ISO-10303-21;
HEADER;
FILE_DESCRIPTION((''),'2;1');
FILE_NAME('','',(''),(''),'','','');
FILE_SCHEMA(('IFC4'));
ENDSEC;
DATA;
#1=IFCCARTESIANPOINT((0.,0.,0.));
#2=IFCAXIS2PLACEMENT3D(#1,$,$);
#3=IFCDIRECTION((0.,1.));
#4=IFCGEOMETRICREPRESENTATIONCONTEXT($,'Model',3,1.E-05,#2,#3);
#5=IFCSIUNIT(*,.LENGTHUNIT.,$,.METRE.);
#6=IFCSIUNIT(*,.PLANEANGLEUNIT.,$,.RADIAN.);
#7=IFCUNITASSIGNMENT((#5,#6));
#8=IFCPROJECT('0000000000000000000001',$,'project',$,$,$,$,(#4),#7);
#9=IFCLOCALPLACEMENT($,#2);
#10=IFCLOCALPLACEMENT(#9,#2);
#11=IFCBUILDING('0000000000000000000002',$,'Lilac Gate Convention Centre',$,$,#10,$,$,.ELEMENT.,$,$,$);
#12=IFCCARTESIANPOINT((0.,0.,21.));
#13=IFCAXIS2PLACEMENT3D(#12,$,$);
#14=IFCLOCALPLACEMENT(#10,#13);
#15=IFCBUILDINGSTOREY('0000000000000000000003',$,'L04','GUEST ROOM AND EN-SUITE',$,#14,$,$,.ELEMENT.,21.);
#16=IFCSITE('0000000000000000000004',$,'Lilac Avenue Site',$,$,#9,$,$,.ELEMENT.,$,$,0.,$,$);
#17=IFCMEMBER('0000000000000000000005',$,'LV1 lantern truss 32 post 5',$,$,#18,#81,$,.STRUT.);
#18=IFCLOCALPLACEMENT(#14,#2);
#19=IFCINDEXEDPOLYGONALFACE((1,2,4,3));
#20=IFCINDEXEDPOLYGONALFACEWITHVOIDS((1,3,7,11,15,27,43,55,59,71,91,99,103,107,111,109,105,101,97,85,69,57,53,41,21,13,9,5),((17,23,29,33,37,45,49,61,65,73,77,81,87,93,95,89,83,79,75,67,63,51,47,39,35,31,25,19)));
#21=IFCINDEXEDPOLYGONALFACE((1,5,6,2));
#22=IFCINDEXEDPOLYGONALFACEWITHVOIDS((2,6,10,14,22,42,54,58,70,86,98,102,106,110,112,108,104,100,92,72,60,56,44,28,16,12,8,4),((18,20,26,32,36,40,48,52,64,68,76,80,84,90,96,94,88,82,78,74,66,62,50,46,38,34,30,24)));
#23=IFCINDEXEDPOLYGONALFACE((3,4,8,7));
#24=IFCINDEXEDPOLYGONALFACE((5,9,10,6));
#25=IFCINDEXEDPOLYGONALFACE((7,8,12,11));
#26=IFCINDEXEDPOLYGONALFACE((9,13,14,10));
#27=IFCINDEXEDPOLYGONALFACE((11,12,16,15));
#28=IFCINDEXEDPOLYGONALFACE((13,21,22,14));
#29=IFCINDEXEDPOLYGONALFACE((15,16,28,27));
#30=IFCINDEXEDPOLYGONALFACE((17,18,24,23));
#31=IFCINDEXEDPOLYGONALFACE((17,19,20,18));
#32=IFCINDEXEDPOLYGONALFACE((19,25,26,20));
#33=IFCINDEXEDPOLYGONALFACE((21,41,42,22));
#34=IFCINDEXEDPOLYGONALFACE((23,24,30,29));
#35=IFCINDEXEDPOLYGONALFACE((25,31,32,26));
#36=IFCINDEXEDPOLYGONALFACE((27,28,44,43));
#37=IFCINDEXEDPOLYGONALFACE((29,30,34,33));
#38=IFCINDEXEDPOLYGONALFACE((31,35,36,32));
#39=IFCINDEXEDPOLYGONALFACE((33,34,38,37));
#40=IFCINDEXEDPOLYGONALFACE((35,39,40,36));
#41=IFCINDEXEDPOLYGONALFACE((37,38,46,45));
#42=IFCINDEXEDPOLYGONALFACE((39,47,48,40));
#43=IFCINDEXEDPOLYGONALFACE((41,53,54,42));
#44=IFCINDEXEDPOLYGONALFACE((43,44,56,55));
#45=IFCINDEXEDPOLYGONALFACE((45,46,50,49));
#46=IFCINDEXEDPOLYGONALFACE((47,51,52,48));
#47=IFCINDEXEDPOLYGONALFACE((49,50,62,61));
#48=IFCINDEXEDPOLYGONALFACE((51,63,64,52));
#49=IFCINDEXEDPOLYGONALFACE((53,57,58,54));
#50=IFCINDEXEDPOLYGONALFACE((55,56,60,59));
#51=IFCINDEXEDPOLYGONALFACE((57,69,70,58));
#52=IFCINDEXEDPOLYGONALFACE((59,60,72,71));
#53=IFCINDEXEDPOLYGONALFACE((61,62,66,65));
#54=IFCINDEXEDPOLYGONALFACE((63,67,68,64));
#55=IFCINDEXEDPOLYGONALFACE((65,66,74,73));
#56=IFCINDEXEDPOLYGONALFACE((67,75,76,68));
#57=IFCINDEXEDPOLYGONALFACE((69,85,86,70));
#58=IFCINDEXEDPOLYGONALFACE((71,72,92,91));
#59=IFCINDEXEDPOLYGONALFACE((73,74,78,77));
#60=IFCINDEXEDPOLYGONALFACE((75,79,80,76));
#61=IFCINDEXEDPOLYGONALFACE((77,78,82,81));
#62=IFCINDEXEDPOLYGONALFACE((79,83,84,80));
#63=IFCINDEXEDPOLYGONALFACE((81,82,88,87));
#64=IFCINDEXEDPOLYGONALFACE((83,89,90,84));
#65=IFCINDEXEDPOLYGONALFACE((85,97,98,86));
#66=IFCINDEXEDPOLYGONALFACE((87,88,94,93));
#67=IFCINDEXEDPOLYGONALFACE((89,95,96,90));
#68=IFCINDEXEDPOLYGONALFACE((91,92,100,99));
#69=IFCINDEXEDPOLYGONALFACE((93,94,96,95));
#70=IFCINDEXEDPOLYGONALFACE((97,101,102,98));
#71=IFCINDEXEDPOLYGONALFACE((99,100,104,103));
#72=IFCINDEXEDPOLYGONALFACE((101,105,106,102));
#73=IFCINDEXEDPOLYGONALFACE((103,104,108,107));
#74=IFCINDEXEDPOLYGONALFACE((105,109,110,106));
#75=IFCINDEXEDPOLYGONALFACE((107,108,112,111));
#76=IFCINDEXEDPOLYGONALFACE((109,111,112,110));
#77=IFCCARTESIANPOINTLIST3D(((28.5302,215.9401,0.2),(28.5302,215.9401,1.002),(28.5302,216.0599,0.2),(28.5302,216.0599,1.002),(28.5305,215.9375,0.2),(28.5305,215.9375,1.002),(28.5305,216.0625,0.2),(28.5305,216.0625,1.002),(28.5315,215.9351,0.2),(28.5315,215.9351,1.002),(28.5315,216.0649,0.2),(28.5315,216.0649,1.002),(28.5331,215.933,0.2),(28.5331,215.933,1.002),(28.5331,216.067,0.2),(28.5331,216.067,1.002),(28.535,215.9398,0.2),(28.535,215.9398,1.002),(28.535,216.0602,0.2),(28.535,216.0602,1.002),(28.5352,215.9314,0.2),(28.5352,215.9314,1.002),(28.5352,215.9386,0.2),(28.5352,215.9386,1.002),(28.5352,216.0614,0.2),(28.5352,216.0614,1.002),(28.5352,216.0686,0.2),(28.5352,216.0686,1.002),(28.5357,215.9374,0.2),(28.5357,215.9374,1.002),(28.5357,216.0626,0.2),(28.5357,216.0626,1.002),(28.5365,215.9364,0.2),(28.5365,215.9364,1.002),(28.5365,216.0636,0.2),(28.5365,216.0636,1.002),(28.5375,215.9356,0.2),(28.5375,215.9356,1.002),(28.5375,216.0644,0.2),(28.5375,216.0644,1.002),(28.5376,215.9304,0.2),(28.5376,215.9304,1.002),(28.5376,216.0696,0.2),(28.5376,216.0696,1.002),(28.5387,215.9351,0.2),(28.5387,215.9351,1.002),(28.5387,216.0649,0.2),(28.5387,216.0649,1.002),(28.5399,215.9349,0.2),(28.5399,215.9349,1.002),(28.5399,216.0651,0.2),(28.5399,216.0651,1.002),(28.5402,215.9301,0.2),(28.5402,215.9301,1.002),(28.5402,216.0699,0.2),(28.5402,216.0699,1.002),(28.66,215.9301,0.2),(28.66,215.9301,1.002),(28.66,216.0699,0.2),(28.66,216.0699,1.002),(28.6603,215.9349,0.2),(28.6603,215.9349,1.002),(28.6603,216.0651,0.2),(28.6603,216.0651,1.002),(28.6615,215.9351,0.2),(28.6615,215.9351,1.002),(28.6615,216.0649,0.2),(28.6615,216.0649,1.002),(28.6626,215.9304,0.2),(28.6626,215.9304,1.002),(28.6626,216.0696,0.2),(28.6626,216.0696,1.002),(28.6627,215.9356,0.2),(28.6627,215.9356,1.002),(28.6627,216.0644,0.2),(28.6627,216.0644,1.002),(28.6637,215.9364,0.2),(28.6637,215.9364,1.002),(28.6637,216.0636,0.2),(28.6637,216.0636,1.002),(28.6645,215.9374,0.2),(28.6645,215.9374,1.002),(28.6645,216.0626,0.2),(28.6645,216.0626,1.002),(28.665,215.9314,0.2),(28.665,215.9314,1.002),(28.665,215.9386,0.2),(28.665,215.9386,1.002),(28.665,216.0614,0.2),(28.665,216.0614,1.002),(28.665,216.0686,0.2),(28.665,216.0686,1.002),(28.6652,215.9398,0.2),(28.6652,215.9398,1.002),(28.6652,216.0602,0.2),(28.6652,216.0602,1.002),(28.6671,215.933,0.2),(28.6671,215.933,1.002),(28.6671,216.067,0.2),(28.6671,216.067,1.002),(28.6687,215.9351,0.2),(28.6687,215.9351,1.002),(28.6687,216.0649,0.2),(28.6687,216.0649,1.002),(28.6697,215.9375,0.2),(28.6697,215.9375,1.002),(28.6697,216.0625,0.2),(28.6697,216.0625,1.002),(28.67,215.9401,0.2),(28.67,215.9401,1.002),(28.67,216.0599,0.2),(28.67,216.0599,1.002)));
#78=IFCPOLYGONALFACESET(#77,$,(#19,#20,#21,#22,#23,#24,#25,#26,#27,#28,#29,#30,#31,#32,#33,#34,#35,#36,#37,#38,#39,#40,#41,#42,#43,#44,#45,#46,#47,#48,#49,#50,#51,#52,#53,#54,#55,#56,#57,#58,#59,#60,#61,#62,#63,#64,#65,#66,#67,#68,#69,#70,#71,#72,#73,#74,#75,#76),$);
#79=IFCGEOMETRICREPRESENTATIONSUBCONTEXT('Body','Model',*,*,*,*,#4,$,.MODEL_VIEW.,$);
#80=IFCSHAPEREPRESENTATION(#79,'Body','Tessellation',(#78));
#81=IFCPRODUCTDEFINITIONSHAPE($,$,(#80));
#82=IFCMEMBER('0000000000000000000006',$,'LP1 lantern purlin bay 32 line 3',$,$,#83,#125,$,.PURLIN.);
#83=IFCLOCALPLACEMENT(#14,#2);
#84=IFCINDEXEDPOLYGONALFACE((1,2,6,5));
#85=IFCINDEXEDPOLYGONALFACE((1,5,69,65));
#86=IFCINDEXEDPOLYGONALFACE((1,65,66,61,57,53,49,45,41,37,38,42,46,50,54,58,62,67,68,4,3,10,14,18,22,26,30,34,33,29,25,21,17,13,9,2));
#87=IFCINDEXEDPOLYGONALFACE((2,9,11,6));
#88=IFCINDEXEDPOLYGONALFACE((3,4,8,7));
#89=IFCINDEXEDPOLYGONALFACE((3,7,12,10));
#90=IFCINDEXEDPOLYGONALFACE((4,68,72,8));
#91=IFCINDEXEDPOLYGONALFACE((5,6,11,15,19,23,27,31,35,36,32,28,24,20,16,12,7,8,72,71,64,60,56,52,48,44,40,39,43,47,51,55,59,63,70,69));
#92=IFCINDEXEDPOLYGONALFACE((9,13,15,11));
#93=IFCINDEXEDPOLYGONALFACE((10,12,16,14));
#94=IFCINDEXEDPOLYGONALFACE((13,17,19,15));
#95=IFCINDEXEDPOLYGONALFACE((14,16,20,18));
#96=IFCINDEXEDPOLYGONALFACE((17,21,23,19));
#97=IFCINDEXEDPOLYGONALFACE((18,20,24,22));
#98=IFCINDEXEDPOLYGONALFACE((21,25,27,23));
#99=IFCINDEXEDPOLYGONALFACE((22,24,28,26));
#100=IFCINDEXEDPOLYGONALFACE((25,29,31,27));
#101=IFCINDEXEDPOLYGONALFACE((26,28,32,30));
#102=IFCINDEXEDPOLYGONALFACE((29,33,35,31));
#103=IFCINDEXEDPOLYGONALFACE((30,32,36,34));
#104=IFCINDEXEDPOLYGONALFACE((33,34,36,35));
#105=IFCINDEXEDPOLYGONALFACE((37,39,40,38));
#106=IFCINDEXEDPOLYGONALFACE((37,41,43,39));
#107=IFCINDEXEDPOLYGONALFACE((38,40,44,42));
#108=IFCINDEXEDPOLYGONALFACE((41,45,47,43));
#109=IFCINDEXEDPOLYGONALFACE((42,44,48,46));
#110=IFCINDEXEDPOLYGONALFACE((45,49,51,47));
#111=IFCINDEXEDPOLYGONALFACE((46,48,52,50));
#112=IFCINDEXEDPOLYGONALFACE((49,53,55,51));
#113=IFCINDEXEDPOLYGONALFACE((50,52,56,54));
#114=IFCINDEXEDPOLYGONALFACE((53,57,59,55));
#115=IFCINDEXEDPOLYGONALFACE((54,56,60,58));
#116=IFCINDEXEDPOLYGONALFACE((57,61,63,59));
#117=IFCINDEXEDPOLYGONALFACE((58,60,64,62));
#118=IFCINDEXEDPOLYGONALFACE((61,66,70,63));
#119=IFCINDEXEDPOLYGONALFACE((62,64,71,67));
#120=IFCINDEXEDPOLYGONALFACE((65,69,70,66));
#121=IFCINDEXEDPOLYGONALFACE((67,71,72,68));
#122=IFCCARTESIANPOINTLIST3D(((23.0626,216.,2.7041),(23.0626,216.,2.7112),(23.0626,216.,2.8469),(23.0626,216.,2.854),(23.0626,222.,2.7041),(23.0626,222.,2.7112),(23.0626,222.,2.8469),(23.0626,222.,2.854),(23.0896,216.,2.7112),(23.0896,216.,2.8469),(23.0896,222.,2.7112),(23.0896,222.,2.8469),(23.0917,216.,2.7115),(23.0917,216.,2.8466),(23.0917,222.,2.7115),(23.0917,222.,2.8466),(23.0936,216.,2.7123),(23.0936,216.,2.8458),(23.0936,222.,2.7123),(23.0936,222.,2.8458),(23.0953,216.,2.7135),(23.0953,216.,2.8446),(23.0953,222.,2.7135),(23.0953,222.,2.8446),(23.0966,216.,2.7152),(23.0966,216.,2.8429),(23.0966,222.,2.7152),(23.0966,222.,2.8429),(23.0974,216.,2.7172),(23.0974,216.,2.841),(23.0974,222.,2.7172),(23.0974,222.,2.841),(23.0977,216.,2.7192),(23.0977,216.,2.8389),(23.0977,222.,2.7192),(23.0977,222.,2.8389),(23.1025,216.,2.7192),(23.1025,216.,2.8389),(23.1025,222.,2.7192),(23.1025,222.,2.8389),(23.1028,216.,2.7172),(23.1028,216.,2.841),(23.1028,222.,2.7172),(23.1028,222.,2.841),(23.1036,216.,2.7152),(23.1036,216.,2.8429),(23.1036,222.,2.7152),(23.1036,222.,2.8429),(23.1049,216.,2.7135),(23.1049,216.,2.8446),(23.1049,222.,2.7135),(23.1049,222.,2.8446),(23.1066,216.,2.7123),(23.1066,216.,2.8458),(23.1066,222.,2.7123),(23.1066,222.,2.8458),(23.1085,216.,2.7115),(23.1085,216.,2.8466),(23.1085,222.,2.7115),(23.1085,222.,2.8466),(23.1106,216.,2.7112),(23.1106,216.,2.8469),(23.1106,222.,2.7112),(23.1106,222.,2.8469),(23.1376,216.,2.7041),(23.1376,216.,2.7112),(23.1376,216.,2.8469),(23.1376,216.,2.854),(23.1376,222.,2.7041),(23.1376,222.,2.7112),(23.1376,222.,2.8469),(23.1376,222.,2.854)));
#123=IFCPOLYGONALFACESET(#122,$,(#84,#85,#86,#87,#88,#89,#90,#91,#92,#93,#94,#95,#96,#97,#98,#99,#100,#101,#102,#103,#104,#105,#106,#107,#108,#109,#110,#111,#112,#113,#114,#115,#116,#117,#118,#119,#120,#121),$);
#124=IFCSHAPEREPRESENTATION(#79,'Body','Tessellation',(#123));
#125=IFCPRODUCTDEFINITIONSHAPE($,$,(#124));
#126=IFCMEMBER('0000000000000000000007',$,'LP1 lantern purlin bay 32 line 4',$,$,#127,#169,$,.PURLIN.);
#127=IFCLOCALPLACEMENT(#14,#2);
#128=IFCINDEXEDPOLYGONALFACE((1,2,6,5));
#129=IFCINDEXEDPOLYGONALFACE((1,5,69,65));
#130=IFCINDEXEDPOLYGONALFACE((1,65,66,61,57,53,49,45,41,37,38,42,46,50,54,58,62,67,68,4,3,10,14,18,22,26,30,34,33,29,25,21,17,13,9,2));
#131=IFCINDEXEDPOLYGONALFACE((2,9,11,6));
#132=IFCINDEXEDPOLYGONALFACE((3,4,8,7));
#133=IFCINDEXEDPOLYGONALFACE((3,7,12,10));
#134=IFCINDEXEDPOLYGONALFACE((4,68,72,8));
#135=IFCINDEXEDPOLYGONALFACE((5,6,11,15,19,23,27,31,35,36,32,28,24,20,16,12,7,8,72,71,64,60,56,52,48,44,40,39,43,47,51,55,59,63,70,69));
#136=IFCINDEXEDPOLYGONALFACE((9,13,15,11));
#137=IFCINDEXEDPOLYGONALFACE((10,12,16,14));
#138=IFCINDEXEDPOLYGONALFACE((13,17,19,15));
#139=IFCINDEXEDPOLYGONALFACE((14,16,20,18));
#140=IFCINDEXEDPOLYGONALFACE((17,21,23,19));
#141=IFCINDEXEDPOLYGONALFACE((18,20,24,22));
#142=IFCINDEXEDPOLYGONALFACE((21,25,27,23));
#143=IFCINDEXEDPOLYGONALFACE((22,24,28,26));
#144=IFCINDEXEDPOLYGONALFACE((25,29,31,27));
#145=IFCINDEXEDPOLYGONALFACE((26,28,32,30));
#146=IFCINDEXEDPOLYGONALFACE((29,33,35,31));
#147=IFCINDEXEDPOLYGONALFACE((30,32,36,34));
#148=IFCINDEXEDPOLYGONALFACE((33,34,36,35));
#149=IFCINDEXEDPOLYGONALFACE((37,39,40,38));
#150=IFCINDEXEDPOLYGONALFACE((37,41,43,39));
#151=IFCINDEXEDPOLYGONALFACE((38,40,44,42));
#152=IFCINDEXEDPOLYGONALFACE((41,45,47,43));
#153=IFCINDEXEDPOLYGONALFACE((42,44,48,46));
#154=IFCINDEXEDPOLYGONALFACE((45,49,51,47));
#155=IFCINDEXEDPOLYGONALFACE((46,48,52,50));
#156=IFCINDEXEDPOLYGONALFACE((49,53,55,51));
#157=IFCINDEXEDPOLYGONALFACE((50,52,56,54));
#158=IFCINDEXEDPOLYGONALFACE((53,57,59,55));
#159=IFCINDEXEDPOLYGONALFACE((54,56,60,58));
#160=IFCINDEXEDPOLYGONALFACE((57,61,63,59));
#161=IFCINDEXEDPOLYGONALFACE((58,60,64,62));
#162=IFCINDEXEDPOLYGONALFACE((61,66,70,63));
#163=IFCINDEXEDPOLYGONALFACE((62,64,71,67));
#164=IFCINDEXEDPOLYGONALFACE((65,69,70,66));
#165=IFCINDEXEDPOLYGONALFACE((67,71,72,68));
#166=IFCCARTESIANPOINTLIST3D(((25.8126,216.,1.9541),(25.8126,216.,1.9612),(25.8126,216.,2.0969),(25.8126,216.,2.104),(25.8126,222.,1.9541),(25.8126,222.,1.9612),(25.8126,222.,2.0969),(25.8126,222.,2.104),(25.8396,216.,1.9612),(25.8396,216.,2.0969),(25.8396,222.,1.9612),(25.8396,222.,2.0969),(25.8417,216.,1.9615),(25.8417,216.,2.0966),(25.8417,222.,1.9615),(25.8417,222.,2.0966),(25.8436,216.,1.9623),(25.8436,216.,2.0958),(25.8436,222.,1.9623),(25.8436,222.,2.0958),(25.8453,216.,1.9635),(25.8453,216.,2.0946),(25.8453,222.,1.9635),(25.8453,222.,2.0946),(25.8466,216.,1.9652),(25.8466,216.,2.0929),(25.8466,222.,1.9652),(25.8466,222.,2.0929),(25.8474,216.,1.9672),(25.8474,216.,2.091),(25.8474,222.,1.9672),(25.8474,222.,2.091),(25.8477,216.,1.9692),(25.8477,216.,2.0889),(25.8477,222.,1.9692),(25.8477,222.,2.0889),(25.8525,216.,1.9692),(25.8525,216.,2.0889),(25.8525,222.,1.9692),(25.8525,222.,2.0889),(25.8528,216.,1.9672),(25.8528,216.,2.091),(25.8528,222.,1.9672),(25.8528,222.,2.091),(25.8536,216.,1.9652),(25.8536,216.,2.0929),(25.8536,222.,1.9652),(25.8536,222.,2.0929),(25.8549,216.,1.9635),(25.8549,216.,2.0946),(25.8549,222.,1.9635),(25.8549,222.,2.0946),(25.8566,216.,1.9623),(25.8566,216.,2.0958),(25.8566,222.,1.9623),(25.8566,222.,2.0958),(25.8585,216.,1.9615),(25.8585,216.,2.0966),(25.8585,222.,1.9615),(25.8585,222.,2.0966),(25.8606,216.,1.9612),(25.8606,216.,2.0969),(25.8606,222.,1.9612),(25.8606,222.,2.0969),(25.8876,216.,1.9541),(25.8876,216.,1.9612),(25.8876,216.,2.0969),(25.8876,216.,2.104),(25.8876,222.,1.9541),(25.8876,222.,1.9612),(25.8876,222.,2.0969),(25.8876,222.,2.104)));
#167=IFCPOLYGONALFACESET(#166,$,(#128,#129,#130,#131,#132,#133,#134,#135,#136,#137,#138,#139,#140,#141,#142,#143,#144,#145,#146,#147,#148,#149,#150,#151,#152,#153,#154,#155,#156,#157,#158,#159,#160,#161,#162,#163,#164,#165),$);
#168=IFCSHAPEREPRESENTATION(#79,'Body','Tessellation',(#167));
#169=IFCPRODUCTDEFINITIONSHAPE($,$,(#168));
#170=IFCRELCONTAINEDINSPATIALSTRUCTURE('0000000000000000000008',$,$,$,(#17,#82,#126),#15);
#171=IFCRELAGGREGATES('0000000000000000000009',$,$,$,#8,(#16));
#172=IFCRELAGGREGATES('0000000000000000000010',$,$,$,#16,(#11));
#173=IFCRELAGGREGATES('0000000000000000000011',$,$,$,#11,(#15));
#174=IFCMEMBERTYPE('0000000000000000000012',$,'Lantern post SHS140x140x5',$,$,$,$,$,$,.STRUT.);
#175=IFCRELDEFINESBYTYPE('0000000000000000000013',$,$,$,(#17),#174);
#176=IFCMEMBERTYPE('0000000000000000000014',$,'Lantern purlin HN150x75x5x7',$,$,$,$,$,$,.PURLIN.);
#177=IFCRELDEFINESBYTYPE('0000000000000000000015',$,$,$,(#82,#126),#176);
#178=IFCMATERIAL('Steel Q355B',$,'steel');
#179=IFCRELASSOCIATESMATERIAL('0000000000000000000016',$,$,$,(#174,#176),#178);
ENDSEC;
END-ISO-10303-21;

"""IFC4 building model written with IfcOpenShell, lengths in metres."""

from ifc_helpers import new_model, si_unit, direction, frame, origin, origin_2d, place, context, subcontext, project, spatial, hollow_rectangle, i_section, extrude, material, material_profile, profile_set, type_object, element, save


model = new_model("IFC4")

# Units and contexts
model_context = context("Model", 3, precision=1e-05, world=origin(), true_north=direction((0.0, 1.0)))
body_context = subcontext(model_context, "Body", "Model", "MODEL_VIEW")
ifc_project = project(units=[si_unit("LENGTHUNIT", "METRE"), si_unit("PLANEANGLEUNIT", "RADIAN")], contexts=[model_context])

# Site, building, storey
site_placement = place(None, origin())
site = spatial("IfcSite", under=ifc_project, at=site_placement, Name="Lilac Avenue Site", CompositionType="ELEMENT", RefElevation=0.0)
building_placement = place(site_placement, origin())
building = spatial("IfcBuilding", under=site, at=building_placement, Name="Lilac Gate Convention Centre", CompositionType="ELEMENT")
storey_placement = place(building_placement, frame((0.0, 0.0, 21.0)))
storey = spatial("IfcBuildingStorey", under=building, at=storey_placement, Name="L04", Description="GUEST ROOM AND EN-SUITE", CompositionType="ELEMENT", Elevation=21.0)

# Members
ifc_material_1 = material(Name="Steel Q355B", Category="steel")
ifc_material_profile_1 = material_profile(ifc_material_1, hollow_rectangle(XDim=0.1399, YDim=0.1399, WallThickness=0.0049, InnerFilletRadius=0.0049, OuterFilletRadius=0.01, at=origin_2d()), Name="SHS140x140x5")
ifc_profile_set_1 = profile_set([ifc_material_profile_1], Name="Steel Q355B")
member_type_1 = type_object("IfcMemberType", Name="Lantern post SHS140x140x5", PredefinedType="STRUT", material=ifc_profile_set_1)
member_1_placement = place(storey_placement, frame((28.6001, 216.0, 0.2), z_axis=(0.0, 0.0, 1.0), x_axis=(1.0, 0.0, 0.0)))
element("IfcMember", 1, at=member_1_placement, inside=storey, type_object=member_type_1, Name="LV1 lantern truss 32 post 5", PredefinedType="STRUT", context=body_context, shape_type="SweptSolid", body=[
    extrude(hollow_rectangle(XDim=0.1399, YDim=0.1399, WallThickness=0.0049, InnerFilletRadius=0.0049, OuterFilletRadius=0.01, at=origin_2d()), origin(), (0.0, 0.0, 1.0), 0.802),
])
ifc_material_profile_2 = material_profile(ifc_material_1, i_section(OverallWidth=0.075, OverallDepth=0.1499, WebThickness=0.0049, FlangeThickness=0.0071, FilletRadius=0.0081, at=origin_2d()), Name="HN150x75x5x7")
ifc_profile_set_2 = profile_set([ifc_material_profile_2], Name="Steel Q355B")
member_type_2 = type_object("IfcMemberType", Name="Lantern purlin HN150x75x5x7", PredefinedType="PURLIN", material=ifc_profile_set_2)
for number, where, z_axis, x_axis, name in (
    (2, (23.1001, 216.0, 2.7791), (0.0, 1.0, 0.0), (-1.0, 0.0, 0.0), "LP1 lantern purlin bay 32 line 3"),
    (3, (25.8501, 216.0, 2.0291), (0.0, 1.0, 0.0), (-1.0, 0.0, 0.0), "LP1 lantern purlin bay 32 line 4"),
):
    element("IfcMember", number, at=place(storey_placement, frame(where, z_axis=z_axis, x_axis=x_axis)), inside=storey, type_object=member_type_2, Name=name, PredefinedType="PURLIN", context=body_context, shape_type="SweptSolid", body=[
        extrude(i_section(OverallWidth=0.075, OverallDepth=0.1499, WebThickness=0.0049, FlangeThickness=0.0071, FilletRadius=0.0081, at=origin_2d()), origin(), (0.0, 0.0, 1.0), 6.0),
    ])

save(model, "model.ifc")
